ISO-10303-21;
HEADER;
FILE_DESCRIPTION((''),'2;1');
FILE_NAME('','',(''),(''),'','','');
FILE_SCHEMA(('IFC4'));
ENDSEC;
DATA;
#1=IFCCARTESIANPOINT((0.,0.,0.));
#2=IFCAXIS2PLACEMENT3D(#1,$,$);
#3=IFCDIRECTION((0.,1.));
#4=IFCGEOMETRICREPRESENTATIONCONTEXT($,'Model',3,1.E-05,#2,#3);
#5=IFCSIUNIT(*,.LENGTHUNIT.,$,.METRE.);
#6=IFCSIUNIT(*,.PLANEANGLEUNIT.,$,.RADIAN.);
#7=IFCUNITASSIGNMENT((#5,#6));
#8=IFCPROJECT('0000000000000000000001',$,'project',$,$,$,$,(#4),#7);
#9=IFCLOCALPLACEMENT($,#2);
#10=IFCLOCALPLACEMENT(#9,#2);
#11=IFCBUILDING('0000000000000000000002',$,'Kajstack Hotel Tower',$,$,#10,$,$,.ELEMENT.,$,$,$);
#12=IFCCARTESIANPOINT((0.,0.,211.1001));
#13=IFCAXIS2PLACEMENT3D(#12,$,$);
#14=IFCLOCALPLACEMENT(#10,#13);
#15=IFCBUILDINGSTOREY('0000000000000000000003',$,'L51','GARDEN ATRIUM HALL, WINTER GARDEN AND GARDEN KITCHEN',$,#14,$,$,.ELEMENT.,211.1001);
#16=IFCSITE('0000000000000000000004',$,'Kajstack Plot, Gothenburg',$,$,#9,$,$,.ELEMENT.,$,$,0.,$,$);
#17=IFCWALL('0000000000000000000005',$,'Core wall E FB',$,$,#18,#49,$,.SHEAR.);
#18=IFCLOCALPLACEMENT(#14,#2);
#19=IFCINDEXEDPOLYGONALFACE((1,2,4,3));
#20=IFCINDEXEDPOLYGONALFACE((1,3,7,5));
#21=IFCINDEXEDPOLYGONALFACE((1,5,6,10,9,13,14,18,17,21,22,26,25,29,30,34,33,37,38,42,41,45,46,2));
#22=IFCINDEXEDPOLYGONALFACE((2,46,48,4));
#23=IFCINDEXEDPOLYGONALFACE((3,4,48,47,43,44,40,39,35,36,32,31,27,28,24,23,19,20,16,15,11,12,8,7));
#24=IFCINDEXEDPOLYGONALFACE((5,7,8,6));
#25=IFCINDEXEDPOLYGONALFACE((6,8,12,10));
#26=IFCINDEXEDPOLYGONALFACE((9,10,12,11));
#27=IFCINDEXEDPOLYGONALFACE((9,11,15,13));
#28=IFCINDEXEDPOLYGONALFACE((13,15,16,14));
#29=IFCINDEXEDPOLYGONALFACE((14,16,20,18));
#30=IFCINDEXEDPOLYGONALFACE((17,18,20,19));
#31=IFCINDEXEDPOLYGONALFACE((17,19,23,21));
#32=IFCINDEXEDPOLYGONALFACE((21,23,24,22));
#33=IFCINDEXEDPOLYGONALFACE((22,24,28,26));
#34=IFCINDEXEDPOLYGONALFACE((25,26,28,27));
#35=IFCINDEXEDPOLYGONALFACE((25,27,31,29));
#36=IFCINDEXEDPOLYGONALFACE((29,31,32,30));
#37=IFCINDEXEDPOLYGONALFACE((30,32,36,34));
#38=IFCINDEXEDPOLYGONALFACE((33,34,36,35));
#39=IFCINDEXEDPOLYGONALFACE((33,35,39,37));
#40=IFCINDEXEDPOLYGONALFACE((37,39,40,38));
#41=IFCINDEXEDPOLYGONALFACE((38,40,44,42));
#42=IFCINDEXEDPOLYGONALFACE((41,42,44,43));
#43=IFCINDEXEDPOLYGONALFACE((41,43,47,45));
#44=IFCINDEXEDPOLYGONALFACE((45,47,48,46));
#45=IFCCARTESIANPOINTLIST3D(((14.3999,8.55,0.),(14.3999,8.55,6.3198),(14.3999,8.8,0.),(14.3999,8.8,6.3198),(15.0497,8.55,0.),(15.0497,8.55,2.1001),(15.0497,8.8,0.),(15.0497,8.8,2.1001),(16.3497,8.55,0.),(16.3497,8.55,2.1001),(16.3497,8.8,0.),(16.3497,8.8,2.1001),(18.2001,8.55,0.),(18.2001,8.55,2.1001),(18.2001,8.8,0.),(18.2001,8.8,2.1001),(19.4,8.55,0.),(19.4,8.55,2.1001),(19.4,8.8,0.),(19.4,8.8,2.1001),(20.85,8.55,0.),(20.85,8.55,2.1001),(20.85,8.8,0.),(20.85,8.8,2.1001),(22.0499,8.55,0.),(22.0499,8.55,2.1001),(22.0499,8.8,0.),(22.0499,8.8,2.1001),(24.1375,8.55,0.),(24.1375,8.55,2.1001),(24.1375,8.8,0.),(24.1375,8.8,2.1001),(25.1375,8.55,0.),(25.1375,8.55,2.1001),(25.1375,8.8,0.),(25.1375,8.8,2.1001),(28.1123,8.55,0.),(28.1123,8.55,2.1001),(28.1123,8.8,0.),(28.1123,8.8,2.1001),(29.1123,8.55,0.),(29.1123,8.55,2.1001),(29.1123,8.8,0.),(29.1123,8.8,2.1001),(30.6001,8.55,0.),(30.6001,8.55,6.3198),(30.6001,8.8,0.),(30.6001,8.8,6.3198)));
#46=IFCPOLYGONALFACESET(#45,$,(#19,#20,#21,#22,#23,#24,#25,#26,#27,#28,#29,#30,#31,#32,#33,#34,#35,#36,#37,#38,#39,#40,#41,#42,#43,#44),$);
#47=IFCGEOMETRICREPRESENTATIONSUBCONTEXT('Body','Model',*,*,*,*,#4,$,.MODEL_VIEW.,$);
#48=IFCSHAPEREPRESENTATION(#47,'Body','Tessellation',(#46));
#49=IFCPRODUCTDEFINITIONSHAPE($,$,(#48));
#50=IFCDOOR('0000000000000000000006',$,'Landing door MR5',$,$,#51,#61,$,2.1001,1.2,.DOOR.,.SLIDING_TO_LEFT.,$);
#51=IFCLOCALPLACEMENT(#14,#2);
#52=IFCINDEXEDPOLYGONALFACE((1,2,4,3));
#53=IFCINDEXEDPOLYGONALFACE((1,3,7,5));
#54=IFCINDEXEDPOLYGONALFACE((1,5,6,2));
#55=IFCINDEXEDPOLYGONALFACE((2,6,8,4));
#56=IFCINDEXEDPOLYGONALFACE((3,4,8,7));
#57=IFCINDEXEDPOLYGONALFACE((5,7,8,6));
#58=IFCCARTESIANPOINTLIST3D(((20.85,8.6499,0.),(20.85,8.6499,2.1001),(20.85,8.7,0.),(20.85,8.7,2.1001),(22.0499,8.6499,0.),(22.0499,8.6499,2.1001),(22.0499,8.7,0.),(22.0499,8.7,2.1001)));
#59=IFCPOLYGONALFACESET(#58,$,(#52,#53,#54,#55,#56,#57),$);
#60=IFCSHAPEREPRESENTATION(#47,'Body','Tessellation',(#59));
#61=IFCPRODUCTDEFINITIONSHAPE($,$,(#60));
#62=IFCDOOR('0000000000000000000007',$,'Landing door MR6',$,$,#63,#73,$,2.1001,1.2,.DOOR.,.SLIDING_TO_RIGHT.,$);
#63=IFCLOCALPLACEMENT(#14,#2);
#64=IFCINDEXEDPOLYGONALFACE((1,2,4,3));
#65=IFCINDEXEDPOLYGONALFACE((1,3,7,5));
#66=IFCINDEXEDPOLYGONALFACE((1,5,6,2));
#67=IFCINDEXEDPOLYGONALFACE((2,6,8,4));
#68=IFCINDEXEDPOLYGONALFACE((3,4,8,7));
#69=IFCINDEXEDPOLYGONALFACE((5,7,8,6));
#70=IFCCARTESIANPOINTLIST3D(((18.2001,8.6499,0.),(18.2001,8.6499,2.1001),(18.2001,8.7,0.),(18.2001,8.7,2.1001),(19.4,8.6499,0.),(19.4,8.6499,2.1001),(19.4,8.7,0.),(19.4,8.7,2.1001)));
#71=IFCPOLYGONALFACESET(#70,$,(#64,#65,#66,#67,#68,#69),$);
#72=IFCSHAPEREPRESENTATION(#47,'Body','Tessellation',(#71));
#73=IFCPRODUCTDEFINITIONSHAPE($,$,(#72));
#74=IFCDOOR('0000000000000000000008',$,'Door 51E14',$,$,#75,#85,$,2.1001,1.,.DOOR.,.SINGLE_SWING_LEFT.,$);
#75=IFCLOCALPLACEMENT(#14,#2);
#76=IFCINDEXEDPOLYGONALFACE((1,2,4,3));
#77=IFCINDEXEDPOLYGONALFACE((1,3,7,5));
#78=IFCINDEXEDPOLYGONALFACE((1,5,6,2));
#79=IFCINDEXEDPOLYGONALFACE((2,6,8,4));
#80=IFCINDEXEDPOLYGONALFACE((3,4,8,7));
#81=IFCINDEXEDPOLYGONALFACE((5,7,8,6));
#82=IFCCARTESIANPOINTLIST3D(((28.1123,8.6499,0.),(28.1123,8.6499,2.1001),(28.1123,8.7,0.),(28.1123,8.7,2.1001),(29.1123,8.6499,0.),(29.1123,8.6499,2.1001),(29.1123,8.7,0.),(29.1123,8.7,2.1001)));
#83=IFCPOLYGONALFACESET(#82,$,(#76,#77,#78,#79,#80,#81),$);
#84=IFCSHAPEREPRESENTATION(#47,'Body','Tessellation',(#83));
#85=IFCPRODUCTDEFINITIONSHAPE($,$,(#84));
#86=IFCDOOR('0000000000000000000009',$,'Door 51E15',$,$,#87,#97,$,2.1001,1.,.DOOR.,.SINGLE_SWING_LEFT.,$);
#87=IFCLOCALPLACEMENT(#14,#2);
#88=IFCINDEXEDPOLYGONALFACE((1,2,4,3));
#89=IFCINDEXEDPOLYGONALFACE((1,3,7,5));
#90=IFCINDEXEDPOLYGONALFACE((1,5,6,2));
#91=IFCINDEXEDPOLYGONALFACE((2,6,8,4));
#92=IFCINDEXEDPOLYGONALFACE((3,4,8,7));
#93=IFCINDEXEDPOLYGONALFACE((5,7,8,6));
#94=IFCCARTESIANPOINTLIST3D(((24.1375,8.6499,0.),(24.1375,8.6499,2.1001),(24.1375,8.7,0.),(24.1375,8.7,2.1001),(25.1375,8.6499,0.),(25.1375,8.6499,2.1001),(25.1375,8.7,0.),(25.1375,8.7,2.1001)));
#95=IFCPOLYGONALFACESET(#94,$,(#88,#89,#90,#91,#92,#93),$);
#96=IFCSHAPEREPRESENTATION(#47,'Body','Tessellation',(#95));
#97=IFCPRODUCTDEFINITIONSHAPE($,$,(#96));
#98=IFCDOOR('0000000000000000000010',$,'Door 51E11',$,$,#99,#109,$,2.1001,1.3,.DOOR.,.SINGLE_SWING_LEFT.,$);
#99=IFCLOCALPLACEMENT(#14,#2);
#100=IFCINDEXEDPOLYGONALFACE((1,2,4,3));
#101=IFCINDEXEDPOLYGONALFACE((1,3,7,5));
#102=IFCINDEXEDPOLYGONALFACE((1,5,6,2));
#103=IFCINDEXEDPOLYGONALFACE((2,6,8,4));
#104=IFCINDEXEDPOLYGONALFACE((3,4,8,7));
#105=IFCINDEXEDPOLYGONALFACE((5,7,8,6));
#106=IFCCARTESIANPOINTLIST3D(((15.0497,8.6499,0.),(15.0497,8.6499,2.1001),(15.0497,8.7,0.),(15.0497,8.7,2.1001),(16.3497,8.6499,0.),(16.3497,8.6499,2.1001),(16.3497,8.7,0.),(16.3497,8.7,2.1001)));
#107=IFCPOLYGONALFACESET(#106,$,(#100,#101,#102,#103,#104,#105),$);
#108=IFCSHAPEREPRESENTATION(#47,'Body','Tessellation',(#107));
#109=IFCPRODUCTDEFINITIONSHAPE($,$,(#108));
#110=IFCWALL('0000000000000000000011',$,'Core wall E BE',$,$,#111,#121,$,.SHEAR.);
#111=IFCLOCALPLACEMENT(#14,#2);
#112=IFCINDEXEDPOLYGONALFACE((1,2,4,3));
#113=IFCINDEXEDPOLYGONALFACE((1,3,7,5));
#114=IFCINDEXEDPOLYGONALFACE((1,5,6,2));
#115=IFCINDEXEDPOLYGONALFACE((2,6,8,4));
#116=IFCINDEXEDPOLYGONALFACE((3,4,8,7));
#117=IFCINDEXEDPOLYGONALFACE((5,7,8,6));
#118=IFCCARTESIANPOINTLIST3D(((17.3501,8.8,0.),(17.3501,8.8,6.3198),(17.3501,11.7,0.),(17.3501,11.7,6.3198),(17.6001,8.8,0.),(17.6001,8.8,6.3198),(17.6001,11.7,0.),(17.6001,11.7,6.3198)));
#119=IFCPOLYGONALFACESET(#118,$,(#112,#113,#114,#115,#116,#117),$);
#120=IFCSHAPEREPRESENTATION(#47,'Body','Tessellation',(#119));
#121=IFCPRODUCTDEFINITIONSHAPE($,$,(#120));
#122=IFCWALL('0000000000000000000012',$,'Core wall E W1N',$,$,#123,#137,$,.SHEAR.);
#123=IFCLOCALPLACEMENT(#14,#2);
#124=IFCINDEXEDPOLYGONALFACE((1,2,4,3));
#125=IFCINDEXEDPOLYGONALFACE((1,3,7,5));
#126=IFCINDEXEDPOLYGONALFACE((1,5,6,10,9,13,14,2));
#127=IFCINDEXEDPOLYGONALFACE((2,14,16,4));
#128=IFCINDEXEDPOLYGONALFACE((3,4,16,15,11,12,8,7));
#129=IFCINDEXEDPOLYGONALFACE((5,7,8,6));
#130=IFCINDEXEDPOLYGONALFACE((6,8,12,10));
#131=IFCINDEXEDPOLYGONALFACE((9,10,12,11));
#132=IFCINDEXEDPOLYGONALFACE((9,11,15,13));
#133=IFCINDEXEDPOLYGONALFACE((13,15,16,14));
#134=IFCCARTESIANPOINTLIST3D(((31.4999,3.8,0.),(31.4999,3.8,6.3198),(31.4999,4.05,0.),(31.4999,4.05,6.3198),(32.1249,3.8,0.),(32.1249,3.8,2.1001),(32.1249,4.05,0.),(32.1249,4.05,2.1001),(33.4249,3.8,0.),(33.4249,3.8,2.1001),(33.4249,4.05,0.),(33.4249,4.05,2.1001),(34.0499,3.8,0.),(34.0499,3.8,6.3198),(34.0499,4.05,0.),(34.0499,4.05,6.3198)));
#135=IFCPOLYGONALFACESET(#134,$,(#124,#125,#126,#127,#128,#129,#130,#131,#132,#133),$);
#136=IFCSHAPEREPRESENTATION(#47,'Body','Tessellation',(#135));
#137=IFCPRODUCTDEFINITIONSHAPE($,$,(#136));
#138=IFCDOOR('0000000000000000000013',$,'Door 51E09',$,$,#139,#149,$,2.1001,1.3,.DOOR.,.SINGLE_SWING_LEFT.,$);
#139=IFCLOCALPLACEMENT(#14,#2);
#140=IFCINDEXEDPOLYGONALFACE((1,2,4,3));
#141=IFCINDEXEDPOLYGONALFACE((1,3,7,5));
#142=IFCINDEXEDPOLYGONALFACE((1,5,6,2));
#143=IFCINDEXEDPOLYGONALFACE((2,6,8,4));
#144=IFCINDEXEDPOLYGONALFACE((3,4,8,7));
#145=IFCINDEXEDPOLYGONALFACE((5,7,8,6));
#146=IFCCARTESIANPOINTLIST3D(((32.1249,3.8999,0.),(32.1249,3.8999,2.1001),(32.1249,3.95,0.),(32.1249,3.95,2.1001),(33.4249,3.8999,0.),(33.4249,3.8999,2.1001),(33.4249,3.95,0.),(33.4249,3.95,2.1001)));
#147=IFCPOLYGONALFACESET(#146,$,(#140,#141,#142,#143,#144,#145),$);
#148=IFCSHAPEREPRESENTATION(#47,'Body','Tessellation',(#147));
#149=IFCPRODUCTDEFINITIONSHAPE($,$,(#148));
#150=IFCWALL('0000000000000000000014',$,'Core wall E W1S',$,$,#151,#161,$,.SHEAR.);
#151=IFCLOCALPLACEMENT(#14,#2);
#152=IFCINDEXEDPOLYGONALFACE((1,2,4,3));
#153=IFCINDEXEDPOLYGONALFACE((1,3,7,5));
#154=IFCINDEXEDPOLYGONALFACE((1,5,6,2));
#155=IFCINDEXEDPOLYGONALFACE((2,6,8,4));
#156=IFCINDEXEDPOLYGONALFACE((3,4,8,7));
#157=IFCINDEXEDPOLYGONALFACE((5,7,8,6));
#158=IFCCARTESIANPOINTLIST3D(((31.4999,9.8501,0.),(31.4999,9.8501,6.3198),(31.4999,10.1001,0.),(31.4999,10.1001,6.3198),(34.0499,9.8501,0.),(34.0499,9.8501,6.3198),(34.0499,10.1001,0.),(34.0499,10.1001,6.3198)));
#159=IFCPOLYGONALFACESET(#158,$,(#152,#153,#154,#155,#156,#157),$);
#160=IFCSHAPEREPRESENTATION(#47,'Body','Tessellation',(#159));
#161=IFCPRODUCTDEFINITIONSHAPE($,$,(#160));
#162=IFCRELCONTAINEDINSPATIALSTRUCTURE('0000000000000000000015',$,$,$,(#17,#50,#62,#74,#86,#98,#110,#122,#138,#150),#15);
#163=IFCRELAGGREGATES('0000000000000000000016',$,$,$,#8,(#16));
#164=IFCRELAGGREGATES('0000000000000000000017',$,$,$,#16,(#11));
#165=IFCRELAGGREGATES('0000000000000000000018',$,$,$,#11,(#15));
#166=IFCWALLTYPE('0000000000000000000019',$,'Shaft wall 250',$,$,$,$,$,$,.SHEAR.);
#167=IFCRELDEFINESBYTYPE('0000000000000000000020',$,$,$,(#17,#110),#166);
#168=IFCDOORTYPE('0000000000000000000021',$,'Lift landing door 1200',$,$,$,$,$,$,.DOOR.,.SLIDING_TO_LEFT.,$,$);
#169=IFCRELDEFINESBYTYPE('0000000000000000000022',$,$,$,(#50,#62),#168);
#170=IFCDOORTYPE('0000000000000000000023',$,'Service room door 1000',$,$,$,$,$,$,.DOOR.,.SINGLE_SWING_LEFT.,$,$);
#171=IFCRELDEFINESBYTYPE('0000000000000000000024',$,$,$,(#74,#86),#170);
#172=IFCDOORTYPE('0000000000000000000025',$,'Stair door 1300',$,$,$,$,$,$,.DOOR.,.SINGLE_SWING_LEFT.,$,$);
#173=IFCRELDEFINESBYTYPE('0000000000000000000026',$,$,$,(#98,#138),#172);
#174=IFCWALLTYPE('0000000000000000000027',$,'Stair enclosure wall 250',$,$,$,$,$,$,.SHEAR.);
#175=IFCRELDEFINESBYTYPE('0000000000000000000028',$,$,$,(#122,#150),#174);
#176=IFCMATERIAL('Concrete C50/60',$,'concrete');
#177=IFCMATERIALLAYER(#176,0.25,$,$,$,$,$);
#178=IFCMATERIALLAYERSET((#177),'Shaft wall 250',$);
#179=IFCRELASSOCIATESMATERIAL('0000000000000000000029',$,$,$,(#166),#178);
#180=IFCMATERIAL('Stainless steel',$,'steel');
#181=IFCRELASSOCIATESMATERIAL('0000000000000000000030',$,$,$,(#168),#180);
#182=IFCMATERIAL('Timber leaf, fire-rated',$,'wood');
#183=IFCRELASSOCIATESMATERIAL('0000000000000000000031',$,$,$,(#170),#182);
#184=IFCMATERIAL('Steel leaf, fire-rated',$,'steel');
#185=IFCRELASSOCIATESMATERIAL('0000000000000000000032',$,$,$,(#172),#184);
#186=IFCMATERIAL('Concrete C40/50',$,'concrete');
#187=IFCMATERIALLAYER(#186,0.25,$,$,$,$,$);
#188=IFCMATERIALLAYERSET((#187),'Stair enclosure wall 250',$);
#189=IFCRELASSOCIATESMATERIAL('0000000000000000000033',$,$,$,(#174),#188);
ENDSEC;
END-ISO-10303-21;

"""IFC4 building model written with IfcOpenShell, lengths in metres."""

from ifc_helpers import new_model, si_unit, direction, frame, frame_2d, origin, place, context, subcontext, project, spatial, rectangle, extrude, material, layer, layer_set, type_object, element, fill, save


model = new_model("IFC4")

# Units and contexts
model_context = context("Model", 3, precision=1e-05, world=origin(), true_north=direction((0.0, 1.0)))
body_context = subcontext(model_context, "Body", "Model", "MODEL_VIEW")
ifc_project = project(units=[si_unit("LENGTHUNIT", "METRE"), si_unit("PLANEANGLEUNIT", "RADIAN")], contexts=[model_context])

# Site, building, storey
site_placement = place(None, origin())
site = spatial("IfcSite", under=ifc_project, at=site_placement, Name="Kajstack Plot, Gothenburg", CompositionType="ELEMENT", RefElevation=0.0)
building_placement = place(site_placement, origin())
building = spatial("IfcBuilding", under=site, at=building_placement, Name="Kajstack Hotel Tower", CompositionType="ELEMENT")
storey_placement = place(building_placement, frame((0.0, 0.0, 211.1001)))
storey = spatial("IfcBuildingStorey", under=building, at=storey_placement, Name="L51", Description="GARDEN ATRIUM HALL, WINTER GARDEN AND GARDEN KITCHEN", CompositionType="ELEMENT", Elevation=211.1001)

# Shared definitions
ifc_material_1 = material(Name="Stainless steel", Category="steel")

# Shared definitions
ifc_material_2 = material(Name="Concrete C50/60", Category="concrete")

# Shared definitions
ifc_material_3 = material(Name="Steel leaf, fire-rated", Category="steel")
ifc_material_4 = material(Name="Timber leaf, fire-rated", Category="wood")
ifc_layer_1 = layer(ifc_material_2, 0.25)
ifc_layer_set_1 = layer_set([ifc_layer_1], Name="Shaft wall 250")
wall_type_1 = type_object("IfcWallType", Name="Shaft wall 250", PredefinedType="SHEAR", material=ifc_layer_set_1)
door_type_1 = type_object("IfcDoorType", Name="Lift landing door 1200", OperationType="SLIDING_TO_LEFT", PredefinedType="DOOR", material=ifc_material_1)

# Wall, openings, doors
wall_1_placement = place(storey_placement, frame((14.3999, 8.675, 0.0), z_axis=(0.0, 0.0, 1.0), x_axis=(1.0, 0.0, 0.0)))
wall_1 = element("IfcWall", 1, at=wall_1_placement, inside=storey, type_object=wall_type_1, Name="Core wall E FB", PredefinedType="SHEAR", context=body_context, shape_type="SweptSolid", body=[
    extrude(rectangle(XDim=16.2002, YDim=0.25, at=frame_2d((8.1001, 0.0))), origin(), (0.0, 0.0, 1.0), 6.3198),
])
opening_1_placement = place(wall_1_placement, frame((6.45, 0.0, 0.0)))
opening_1 = element("IfcOpeningElement", 2, at=opening_1_placement, cuts=wall_1, PredefinedType="OPENING", context=body_context, shape_type="SweptSolid", body=[
    extrude(rectangle(XDim=1.2, YDim=2.1001, at=frame_2d((0.6001, 1.05))), frame((0.0, 0.135, 0.0), z_axis=(0.0, -1.0, 0.0), x_axis=(1.0, 0.0, 0.0)), (0.0, 0.0, 1.0), 0.27),
])
opening_2_placement = place(wall_1_placement, frame((3.8, 0.0, 0.0)))
opening_2 = element("IfcOpeningElement", 3, at=opening_2_placement, cuts=wall_1, PredefinedType="OPENING", context=body_context, shape_type="SweptSolid", body=[
    extrude(rectangle(XDim=1.2, YDim=2.1001, at=frame_2d((0.6001, 1.05))), frame((0.0, 0.135, 0.0), z_axis=(0.0, -1.0, 0.0), x_axis=(1.0, 0.0, 0.0)), (0.0, 0.0, 1.0), 0.27),
])
opening_3_placement = place(wall_1_placement, frame((0.6499, 0.0, 0.0)))
opening_3 = element("IfcOpeningElement", 4, at=opening_3_placement, cuts=wall_1, PredefinedType="OPENING", context=body_context, shape_type="SweptSolid", body=[
    extrude(rectangle(XDim=1.3, YDim=2.1001, at=frame_2d((0.6499, 1.05))), frame((0.0, 0.135, 0.0), z_axis=(0.0, -1.0, 0.0), x_axis=(1.0, 0.0, 0.0)), (0.0, 0.0, 1.0), 0.27),
])
opening_4_placement = place(wall_1_placement, frame((13.7124, 0.0, 0.0)))
opening_4 = element("IfcOpeningElement", 5, at=opening_4_placement, cuts=wall_1, PredefinedType="OPENING", context=body_context, shape_type="SweptSolid", body=[
    extrude(rectangle(XDim=1.0, YDim=2.1001, at=frame_2d((0.5, 1.05))), frame((0.0, 0.135, 0.0), z_axis=(0.0, -1.0, 0.0), x_axis=(1.0, 0.0, 0.0)), (0.0, 0.0, 1.0), 0.27),
])
opening_5_placement = place(wall_1_placement, frame((9.7375, 0.0, 0.0)))
opening_5 = element("IfcOpeningElement", 6, at=opening_5_placement, cuts=wall_1, PredefinedType="OPENING", context=body_context, shape_type="SweptSolid", body=[
    extrude(rectangle(XDim=1.0, YDim=2.1001, at=frame_2d((0.5, 1.05))), frame((0.0, 0.135, 0.0), z_axis=(0.0, -1.0, 0.0), x_axis=(1.0, 0.0, 0.0)), (0.0, 0.0, 1.0), 0.27),
])
door_1_placement = place(opening_1_placement, origin())
door_1 = element("IfcDoor", 7, at=door_1_placement, inside=storey, type_object=door_type_1, Name="Landing door MR5", OperationType="SLIDING_TO_LEFT", OverallHeight=2.1001, OverallWidth=1.2, PredefinedType="DOOR", context=body_context, shape_type="SweptSolid", body=[
    extrude(rectangle(XDim=1.2, YDim=2.1001, at=frame_2d((0.6001, 1.05))), frame((0.0, 0.0249, 0.0), z_axis=(0.0, -1.0, 0.0), x_axis=(1.0, 0.0, 0.0)), (0.0, 0.0, 1.0), 0.05),
])
fill(opening_1, door_1)
door_2_placement = place(opening_2_placement, origin())
door_2 = element("IfcDoor", 8, at=door_2_placement, inside=storey, type_object=door_type_1, Name="Landing door MR6", OperationType="SLIDING_TO_RIGHT", OverallHeight=2.1001, OverallWidth=1.2, PredefinedType="DOOR", context=body_context, shape_type="SweptSolid", body=[
    extrude(rectangle(XDim=1.2, YDim=2.1001, at=frame_2d((0.6001, 1.05))), frame((0.0, 0.0249, 0.0), z_axis=(0.0, -1.0, 0.0), x_axis=(1.0, 0.0, 0.0)), (0.0, 0.0, 1.0), 0.05),
])
fill(opening_2, door_2)
door_type_2 = type_object("IfcDoorType", Name="Service room door 1000", OperationType="SINGLE_SWING_LEFT", PredefinedType="DOOR", material=ifc_material_4)
door_3_placement = place(opening_4_placement, origin())
door_3 = element("IfcDoor", 9, at=door_3_placement, inside=storey, type_object=door_type_2, Name="Door 51E14", OperationType="SINGLE_SWING_LEFT", OverallHeight=2.1001, OverallWidth=1.0, PredefinedType="DOOR", context=body_context, shape_type="SweptSolid", body=[
    extrude(rectangle(XDim=1.0, YDim=2.1001, at=frame_2d((0.5, 1.05))), frame((0.0, 0.0249, 0.0), z_axis=(0.0, -1.0, 0.0), x_axis=(1.0, 0.0, 0.0)), (0.0, 0.0, 1.0), 0.05),
])
fill(opening_4, door_3)
door_4_placement = place(opening_5_placement, origin())
door_4 = element("IfcDoor", 10, at=door_4_placement, inside=storey, type_object=door_type_2, Name="Door 51E15", OperationType="SINGLE_SWING_LEFT", OverallHeight=2.1001, OverallWidth=1.0, PredefinedType="DOOR", context=body_context, shape_type="SweptSolid", body=[
    extrude(rectangle(XDim=1.0, YDim=2.1001, at=frame_2d((0.5, 1.05))), frame((0.0, 0.0249, 0.0), z_axis=(0.0, -1.0, 0.0), x_axis=(1.0, 0.0, 0.0)), (0.0, 0.0, 1.0), 0.05),
])
fill(opening_5, door_4)
door_type_3 = type_object("IfcDoorType", Name="Stair door 1300", OperationType="SINGLE_SWING_LEFT", PredefinedType="DOOR", material=ifc_material_3)
door_5_placement = place(opening_3_placement, origin())
door_5 = element("IfcDoor", 11, at=door_5_placement, inside=storey, type_object=door_type_3, Name="Door 51E11", OperationType="SINGLE_SWING_LEFT", OverallHeight=2.1001, OverallWidth=1.3, PredefinedType="DOOR", context=body_context, shape_type="SweptSolid", body=[
    extrude(rectangle(XDim=1.3, YDim=2.1001, at=frame_2d((0.6499, 1.05))), frame((0.0, 0.0249, 0.0), z_axis=(0.0, -1.0, 0.0), x_axis=(1.0, 0.0, 0.0)), (0.0, 0.0, 1.0), 0.05),
])
fill(opening_3, door_5)

# Wall
wall_2_placement = place(storey_placement, frame((17.4751, 8.8, 0.0), z_axis=(0.0, 0.0, 1.0), x_axis=(0.0, 1.0, 0.0)))
element("IfcWall", 12, at=wall_2_placement, inside=storey, type_object=wall_type_1, Name="Core wall E BE", PredefinedType="SHEAR", context=body_context, shape_type="SweptSolid", body=[
    extrude(rectangle(XDim=2.8999, YDim=0.25, at=frame_2d((1.45, 0.0))), origin(), (0.0, 0.0, 1.0), 6.3198),
])

# Wall, opening, door
ifc_material_5 = material(Name="Concrete C40/50", Category="concrete")
ifc_layer_2 = layer(ifc_material_5, 0.25)
ifc_layer_set_2 = layer_set([ifc_layer_2], Name="Stair enclosure wall 250")
wall_type_2 = type_object("IfcWallType", Name="Stair enclosure wall 250", PredefinedType="SHEAR", material=ifc_layer_set_2)
wall_3_placement = place(storey_placement, frame((31.5, 3.925, 0.0), z_axis=(0.0, 0.0, 1.0), x_axis=(1.0, 0.0, 0.0)))
wall_3 = element("IfcWall", 13, at=wall_3_placement, inside=storey, type_object=wall_type_2, Name="Core wall E W1N", PredefinedType="SHEAR", context=body_context, shape_type="SweptSolid", body=[
    extrude(rectangle(XDim=2.55, YDim=0.25, at=frame_2d((1.2749, 0.0))), origin(), (0.0, 0.0, 1.0), 6.3198),
])
opening_6_placement = place(wall_3_placement, frame((0.625, 0.0, 0.0)))
opening_6 = element("IfcOpeningElement", 14, at=opening_6_placement, cuts=wall_3, PredefinedType="OPENING", context=body_context, shape_type="SweptSolid", body=[
    extrude(rectangle(XDim=1.3, YDim=2.1001, at=frame_2d((0.6499, 1.05))), frame((0.0, 0.135, 0.0), z_axis=(0.0, -1.0, 0.0), x_axis=(1.0, 0.0, 0.0)), (0.0, 0.0, 1.0), 0.27),
])
door_6_placement = place(opening_6_placement, origin())
door_6 = element("IfcDoor", 15, at=door_6_placement, inside=storey, type_object=door_type_3, Name="Door 51E09", OperationType="SINGLE_SWING_LEFT", OverallHeight=2.1001, OverallWidth=1.3, PredefinedType="DOOR", context=body_context, shape_type="SweptSolid", body=[
    extrude(rectangle(XDim=1.3, YDim=2.1001, at=frame_2d((0.6499, 1.05))), frame((0.0, 0.0249, 0.0), z_axis=(0.0, -1.0, 0.0), x_axis=(1.0, 0.0, 0.0)), (0.0, 0.0, 1.0), 0.05),
])
fill(opening_6, door_6)

# Wall
wall_4_placement = place(storey_placement, frame((31.5, 9.9751, 0.0), z_axis=(0.0, 0.0, 1.0), x_axis=(1.0, 0.0, 0.0)))
element("IfcWall", 16, at=wall_4_placement, inside=storey, type_object=wall_type_2, Name="Core wall E W1S", PredefinedType="SHEAR", context=body_context, shape_type="SweptSolid", body=[
    extrude(rectangle(XDim=2.55, YDim=0.25, at=frame_2d((1.2749, 0.0))), origin(), (0.0, 0.0, 1.0), 6.3198),
])

save(model, "model.ifc")
